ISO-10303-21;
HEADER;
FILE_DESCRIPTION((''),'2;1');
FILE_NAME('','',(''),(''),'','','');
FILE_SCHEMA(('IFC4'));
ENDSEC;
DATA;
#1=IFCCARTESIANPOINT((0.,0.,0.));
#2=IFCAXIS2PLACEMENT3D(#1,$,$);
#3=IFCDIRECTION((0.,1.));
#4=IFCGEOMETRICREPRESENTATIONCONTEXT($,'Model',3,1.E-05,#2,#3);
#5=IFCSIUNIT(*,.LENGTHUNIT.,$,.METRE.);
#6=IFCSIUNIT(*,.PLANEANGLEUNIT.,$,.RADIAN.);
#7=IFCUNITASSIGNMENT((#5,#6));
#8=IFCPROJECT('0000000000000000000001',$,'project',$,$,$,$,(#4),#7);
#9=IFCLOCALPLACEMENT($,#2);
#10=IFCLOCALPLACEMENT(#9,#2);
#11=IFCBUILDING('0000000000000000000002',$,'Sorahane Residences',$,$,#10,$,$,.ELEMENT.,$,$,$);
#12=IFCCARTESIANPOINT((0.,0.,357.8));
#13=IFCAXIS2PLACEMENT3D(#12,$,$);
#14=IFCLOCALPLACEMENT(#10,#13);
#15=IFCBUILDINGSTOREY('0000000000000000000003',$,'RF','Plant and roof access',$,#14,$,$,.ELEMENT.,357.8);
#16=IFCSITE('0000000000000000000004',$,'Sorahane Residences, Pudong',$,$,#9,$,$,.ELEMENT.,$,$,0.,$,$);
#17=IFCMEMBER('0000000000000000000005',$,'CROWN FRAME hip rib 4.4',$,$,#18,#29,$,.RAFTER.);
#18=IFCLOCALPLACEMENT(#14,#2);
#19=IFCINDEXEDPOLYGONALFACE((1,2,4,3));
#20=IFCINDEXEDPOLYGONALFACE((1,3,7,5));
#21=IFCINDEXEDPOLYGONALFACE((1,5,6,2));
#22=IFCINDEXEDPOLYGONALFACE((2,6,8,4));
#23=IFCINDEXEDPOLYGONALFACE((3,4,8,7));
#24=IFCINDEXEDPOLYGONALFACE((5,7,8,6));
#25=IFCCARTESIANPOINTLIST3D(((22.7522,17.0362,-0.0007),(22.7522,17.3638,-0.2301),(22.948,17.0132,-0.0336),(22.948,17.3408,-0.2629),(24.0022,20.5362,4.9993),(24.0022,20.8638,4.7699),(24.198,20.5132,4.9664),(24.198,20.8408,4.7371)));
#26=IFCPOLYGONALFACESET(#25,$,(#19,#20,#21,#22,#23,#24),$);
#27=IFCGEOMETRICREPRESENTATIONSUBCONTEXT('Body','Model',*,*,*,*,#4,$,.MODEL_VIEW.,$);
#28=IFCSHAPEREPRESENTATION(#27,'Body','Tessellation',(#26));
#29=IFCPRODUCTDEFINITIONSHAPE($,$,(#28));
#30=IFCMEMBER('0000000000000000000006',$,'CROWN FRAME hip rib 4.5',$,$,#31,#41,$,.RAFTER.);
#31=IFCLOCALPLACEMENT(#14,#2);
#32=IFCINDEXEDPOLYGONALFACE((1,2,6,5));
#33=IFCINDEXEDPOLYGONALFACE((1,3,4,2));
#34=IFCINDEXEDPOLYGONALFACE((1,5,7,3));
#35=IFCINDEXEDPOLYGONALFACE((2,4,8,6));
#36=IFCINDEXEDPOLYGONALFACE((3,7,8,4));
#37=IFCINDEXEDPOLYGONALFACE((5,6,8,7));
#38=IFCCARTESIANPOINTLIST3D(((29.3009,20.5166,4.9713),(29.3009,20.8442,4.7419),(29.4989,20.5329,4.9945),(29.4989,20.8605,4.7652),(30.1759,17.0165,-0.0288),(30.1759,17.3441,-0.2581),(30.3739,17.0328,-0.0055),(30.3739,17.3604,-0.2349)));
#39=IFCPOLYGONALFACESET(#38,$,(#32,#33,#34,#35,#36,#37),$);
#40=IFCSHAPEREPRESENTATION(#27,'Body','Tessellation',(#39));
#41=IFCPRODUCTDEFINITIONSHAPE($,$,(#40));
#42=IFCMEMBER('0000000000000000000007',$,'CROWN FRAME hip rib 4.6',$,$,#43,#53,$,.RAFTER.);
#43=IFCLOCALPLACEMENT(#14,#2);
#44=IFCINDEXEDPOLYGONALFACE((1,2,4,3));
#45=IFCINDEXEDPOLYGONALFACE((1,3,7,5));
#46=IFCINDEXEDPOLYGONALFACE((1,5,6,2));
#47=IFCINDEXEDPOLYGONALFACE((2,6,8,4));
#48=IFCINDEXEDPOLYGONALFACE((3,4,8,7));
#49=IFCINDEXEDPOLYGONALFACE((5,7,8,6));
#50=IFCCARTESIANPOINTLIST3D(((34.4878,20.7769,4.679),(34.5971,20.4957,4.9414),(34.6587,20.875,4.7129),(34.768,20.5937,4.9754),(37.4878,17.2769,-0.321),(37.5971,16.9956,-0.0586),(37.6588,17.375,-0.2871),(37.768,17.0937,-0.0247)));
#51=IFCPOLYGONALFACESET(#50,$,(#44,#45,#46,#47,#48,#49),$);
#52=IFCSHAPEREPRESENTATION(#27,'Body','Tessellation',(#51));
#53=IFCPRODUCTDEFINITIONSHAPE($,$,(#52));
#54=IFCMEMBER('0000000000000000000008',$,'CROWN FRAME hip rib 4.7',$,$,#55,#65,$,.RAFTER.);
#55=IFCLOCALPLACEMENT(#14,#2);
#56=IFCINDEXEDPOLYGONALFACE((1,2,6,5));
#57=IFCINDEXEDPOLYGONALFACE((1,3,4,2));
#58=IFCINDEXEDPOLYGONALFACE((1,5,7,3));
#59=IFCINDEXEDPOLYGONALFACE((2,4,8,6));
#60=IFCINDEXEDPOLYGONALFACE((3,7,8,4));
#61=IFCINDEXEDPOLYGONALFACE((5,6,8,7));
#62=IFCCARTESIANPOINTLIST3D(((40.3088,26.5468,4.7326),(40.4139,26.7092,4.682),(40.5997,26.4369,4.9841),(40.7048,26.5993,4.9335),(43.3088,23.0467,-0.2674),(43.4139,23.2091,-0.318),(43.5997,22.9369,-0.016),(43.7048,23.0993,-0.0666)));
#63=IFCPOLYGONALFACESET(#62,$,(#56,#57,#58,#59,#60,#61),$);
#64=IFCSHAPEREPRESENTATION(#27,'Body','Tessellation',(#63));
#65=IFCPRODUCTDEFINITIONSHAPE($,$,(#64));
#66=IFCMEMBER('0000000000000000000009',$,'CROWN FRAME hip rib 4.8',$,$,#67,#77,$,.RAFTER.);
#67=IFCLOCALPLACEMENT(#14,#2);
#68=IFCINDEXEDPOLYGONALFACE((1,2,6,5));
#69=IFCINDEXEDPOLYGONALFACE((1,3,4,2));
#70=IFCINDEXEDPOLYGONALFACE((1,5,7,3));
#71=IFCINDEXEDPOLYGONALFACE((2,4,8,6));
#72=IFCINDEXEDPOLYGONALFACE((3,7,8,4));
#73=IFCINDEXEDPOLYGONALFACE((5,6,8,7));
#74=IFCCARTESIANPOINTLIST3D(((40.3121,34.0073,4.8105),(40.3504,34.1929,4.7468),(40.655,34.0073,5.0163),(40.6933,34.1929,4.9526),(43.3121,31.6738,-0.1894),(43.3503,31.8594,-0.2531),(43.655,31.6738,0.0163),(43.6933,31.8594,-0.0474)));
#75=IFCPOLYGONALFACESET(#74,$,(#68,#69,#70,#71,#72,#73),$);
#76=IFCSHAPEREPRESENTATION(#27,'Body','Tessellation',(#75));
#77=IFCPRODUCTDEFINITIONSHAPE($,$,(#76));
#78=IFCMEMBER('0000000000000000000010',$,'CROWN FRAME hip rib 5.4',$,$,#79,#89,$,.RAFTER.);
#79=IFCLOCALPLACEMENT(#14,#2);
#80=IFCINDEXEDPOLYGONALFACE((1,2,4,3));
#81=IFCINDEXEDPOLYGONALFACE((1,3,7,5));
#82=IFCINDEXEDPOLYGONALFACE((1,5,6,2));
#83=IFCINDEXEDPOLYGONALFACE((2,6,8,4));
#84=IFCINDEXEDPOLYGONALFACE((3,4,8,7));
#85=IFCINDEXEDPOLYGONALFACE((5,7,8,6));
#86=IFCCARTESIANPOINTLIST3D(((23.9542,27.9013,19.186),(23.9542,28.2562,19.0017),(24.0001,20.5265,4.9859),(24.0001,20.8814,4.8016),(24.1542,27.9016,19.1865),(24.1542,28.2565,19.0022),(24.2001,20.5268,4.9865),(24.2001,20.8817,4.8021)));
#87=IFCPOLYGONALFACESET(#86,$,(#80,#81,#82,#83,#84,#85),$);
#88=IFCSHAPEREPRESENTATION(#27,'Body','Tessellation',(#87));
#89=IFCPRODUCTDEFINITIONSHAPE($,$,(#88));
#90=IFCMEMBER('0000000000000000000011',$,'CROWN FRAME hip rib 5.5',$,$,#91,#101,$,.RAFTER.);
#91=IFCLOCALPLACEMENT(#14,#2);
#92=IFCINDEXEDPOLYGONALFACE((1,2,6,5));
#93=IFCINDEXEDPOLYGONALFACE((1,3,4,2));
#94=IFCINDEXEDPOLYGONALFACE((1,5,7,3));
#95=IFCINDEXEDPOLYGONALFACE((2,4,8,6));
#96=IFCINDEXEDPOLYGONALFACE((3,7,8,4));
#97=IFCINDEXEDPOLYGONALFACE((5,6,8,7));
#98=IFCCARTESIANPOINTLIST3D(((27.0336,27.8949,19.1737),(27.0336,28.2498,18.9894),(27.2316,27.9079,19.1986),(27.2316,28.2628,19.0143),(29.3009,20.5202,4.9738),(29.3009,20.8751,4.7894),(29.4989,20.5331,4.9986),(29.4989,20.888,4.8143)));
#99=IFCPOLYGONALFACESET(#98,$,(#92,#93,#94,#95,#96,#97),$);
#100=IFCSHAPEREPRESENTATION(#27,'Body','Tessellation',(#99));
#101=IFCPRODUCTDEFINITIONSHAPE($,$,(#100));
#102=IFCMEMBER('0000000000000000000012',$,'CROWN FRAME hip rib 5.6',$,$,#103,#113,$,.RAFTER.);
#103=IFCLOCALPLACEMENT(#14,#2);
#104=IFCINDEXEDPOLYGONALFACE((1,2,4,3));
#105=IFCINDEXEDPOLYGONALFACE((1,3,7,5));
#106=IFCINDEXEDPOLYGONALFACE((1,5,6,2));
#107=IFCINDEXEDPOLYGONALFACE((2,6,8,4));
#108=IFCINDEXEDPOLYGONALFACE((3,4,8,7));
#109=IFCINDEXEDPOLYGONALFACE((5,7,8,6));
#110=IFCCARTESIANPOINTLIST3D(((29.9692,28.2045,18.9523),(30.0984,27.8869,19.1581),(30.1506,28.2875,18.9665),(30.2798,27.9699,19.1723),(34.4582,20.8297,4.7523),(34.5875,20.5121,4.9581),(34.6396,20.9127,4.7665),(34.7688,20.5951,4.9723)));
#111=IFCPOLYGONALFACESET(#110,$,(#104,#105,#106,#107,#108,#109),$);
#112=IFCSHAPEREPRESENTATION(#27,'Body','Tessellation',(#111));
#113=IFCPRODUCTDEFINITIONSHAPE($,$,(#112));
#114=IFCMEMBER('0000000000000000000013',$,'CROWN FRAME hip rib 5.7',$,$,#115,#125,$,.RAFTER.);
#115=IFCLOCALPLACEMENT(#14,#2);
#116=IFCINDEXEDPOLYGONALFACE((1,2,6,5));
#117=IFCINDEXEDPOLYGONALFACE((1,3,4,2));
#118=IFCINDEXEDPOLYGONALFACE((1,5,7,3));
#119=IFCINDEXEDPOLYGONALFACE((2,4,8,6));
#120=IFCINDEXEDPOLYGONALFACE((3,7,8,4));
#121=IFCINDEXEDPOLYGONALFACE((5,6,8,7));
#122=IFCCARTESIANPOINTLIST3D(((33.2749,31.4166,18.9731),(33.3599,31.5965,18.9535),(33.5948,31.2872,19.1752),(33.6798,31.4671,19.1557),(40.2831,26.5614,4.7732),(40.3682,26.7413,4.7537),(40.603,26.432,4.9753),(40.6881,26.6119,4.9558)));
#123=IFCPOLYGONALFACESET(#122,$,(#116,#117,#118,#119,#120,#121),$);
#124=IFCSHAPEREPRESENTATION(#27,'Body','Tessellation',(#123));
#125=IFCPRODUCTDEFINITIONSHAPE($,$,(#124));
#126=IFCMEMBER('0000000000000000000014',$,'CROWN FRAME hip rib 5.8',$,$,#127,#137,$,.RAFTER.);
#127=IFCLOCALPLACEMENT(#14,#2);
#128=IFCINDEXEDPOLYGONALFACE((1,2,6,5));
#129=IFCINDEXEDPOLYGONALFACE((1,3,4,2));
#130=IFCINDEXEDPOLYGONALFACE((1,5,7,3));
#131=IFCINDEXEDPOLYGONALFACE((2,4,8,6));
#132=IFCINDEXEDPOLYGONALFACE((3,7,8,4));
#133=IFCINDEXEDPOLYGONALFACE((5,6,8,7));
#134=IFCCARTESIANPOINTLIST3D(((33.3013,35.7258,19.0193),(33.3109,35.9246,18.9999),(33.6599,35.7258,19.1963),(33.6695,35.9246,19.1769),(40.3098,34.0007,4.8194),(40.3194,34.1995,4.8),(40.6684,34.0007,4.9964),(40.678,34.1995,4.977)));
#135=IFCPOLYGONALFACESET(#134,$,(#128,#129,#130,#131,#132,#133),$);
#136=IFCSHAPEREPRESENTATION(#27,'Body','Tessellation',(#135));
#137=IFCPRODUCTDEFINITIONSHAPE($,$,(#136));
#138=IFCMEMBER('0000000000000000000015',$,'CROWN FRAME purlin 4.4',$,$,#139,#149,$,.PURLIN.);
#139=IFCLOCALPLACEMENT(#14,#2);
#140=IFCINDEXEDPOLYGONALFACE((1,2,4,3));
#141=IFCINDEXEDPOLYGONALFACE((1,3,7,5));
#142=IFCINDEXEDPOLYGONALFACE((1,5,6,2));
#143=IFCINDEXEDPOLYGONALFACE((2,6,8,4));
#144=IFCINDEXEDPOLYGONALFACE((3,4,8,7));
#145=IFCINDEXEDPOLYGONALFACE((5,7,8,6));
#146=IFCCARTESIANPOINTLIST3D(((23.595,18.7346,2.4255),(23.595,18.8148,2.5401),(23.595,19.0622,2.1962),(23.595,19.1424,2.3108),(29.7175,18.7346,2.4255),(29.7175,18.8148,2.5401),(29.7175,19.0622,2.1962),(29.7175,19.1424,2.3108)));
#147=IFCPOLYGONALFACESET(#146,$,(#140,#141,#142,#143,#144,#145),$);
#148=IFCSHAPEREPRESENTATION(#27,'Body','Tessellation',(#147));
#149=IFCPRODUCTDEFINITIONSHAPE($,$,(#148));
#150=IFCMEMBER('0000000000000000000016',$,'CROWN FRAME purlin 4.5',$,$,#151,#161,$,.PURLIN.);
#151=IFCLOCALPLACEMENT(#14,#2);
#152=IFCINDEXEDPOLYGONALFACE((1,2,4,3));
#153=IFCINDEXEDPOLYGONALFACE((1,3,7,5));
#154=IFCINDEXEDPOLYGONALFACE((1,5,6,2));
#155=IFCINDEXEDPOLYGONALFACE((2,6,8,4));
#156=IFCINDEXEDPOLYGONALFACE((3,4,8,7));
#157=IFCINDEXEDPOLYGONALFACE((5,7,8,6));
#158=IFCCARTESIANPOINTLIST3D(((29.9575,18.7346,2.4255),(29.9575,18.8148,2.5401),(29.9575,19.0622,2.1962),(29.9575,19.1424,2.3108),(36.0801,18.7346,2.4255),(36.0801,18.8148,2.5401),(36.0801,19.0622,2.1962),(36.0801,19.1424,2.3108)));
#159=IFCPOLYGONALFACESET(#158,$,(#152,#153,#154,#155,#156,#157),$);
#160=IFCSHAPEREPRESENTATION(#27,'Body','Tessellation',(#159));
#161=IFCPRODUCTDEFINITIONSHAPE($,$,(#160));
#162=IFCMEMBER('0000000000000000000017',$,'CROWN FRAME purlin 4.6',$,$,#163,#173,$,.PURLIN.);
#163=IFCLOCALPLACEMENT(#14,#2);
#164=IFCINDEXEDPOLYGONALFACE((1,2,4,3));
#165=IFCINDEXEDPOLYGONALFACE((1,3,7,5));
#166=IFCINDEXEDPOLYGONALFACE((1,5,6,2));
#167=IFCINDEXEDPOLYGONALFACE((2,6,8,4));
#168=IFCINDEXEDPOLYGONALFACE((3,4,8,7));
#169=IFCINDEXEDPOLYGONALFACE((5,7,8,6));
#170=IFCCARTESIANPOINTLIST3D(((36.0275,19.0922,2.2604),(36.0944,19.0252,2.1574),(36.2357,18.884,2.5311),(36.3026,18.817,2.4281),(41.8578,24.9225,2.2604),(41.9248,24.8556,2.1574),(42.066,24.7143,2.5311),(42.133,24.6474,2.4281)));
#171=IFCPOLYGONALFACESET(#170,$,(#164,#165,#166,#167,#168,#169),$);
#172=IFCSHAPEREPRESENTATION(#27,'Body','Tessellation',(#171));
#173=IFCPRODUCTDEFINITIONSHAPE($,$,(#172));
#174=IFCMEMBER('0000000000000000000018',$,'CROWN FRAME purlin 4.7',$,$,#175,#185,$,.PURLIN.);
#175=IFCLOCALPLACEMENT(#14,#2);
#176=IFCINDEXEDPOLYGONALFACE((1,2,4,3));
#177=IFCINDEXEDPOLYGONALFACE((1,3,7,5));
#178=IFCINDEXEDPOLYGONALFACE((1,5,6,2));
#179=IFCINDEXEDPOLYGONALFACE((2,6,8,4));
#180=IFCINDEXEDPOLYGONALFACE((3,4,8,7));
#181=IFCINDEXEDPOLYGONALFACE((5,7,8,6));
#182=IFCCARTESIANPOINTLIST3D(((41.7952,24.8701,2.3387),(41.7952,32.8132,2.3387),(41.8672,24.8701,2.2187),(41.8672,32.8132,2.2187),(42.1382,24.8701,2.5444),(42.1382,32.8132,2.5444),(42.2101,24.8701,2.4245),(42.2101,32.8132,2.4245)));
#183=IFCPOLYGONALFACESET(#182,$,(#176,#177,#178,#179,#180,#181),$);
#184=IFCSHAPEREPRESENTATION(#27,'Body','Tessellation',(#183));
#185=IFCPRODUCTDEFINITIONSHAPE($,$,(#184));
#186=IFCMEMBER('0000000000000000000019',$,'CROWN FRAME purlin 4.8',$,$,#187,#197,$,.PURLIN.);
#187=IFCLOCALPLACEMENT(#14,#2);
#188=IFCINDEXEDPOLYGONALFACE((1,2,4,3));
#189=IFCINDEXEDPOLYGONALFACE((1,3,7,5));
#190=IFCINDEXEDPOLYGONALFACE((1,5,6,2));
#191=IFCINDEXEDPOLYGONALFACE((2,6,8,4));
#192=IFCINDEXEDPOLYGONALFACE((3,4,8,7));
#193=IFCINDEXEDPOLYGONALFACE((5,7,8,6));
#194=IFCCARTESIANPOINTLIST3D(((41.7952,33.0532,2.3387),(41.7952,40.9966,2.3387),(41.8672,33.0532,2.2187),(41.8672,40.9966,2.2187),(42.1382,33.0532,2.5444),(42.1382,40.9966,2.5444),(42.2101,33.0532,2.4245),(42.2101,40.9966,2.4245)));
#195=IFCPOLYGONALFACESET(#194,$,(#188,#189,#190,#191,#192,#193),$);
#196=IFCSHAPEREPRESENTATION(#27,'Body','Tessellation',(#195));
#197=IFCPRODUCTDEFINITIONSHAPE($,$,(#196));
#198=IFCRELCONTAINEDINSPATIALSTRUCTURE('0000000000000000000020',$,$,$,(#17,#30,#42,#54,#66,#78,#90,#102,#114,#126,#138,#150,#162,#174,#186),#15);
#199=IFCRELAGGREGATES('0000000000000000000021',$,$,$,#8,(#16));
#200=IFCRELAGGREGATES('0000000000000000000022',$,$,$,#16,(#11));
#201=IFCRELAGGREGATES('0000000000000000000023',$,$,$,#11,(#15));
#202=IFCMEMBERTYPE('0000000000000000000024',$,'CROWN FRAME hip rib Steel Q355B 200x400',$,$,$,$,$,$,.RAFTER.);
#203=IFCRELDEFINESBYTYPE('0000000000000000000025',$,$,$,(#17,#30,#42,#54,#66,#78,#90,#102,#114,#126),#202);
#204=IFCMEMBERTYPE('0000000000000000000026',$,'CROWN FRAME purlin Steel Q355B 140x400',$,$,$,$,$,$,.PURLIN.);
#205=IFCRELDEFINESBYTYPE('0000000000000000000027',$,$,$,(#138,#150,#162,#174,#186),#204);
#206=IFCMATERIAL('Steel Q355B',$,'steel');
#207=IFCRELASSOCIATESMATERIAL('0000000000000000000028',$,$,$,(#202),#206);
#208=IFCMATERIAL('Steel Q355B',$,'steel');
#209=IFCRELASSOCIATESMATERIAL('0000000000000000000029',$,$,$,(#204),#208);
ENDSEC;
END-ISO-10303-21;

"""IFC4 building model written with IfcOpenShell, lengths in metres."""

from ifc_helpers import new_model, si_unit, direction, frame, origin, origin_2d, place, context, subcontext, project, spatial, rectangle, extrude, material, material_profile, profile_set, type_object, element, save


model = new_model("IFC4")

# Units and contexts
model_context = context("Model", 3, precision=1e-05, world=origin(), true_north=direction((0.0, 1.0)))
body_context = subcontext(model_context, "Body", "Model", "MODEL_VIEW")
ifc_project = project(units=[si_unit("LENGTHUNIT", "METRE"), si_unit("PLANEANGLEUNIT", "RADIAN")], contexts=[model_context])

# Site, building, storey
site_placement = place(None, origin())
site = spatial("IfcSite", under=ifc_project, at=site_placement, Name="Sorahane Residences, Pudong", CompositionType="ELEMENT", RefElevation=0.0)
building_placement = place(site_placement, origin())
building = spatial("IfcBuilding", under=site, at=building_placement, Name="Sorahane Residences", CompositionType="ELEMENT")
storey_placement = place(building_placement, frame((0.0, 0.0, 357.8)))
storey = spatial("IfcBuildingStorey", under=building, at=storey_placement, Name="RF", Description="Plant and roof access", CompositionType="ELEMENT", Elevation=357.8)

# Members
ifc_material_1 = material(Name="Steel Q355B", Category="steel")
ifc_material_profile_1 = material_profile(ifc_material_1, rectangle(XDim=0.2, YDim=0.3999, at=origin_2d()), Name="CROWN FRAME hip rib Steel Q355B 200x400")
ifc_profile_set_1 = profile_set([ifc_material_profile_1], Name="Steel Q355B")
member_type_1 = type_object("IfcMemberType", Name="CROWN FRAME hip rib Steel Q355B 200x400", PredefinedType="RAFTER", material=ifc_profile_set_1)
member_1_placement = place(storey_placement, frame((22.8501, 17.1885, -0.1318), z_axis=(0.200643, 0.561801, 0.802572), x_axis=(-0.979664, 0.115062, 0.164373)))
element("IfcMember", 1, at=member_1_placement, inside=storey, type_object=member_type_1, Name="CROWN FRAME hip rib 4.4", PredefinedType="RAFTER", context=body_context, shape_type="SweptSolid", body=[
    extrude(rectangle(XDim=0.2, YDim=0.3999, at=origin_2d()), origin(), (0.0, 0.0, 1.0), 6.23),
])
member_2_placement = place(storey_placement, frame((30.2749, 17.1885, -0.1318), z_axis=(-0.141915, 0.567658, 0.81094), x_axis=(-0.989879, -0.081383, -0.116261)))
element("IfcMember", 2, at=member_2_placement, inside=storey, type_object=member_type_1, Name="CROWN FRAME hip rib 4.5", PredefinedType="RAFTER", context=body_context, shape_type="SweptSolid", body=[
    extrude(rectangle(XDim=0.2, YDim=0.3999, at=origin_2d()), origin(), (0.0, 0.0, 1.0), 6.1658),
])
for number, where, z_axis, x_axis, name in (
    (3, (37.6279, 17.1853, -0.1729), (-0.441129, 0.51465, 0.735215), (-0.854828, -0.490409, -0.169611), "CROWN FRAME hip rib 4.6"),
    (4, (43.5068, 23.073, -0.167), (-0.441129, 0.51465, 0.735215), (-0.525632, -0.812175, 0.253143), "CROWN FRAME hip rib 4.7"),
):
    element("IfcMember", number, at=place(storey_placement, frame(where, z_axis=z_axis, x_axis=x_axis)), inside=storey, type_object=member_type_1, Name=name, PredefinedType="RAFTER", context=body_context, shape_type="SweptSolid", body=[
        extrude(rectangle(XDim=0.2, YDim=0.3999, at=origin_2d()), origin(), (0.0, 0.0, 1.0), 6.8008),
    ])
member_3_placement = place(storey_placement, frame((43.5027, 31.7666, -0.1184), z_axis=(-0.477666, 0.371544, 0.79611), x_axis=(-0.191181, -0.928415, 0.318582)))
element("IfcMember", 5, at=member_3_placement, inside=storey, type_object=member_type_1, Name="CROWN FRAME hip rib 4.8", PredefinedType="RAFTER", context=body_context, shape_type="SweptSolid", body=[
    extrude(rectangle(XDim=0.2, YDim=0.3999, at=origin_2d()), origin(), (0.0, 0.0, 1.0), 6.2805),
])
member_4_placement = place(storey_placement, frame((24.1001, 20.7041, 4.894), z_axis=(-0.002868, 0.460897, 0.887449), x_axis=(-0.999996, -0.001332, -0.00254)))
element("IfcMember", 6, at=member_4_placement, inside=storey, type_object=member_type_1, Name="CROWN FRAME hip rib 5.4", PredefinedType="RAFTER", context=body_context, shape_type="SweptSolid", body=[
    extrude(rectangle(XDim=0.2, YDim=0.3999, at=origin_2d()), origin(), (0.0, 0.0, 1.0), 16.001),
])
member_5_placement = place(storey_placement, frame((29.3999, 20.7041, 4.894), z_axis=(-0.1403, 0.45634, 0.878675), x_axis=(-0.990109, -0.064659, -0.124512)))
element("IfcMember", 7, at=member_5_placement, inside=storey, type_object=member_type_1, Name="CROWN FRAME hip rib 5.5", PredefinedType="RAFTER", context=body_context, shape_type="SweptSolid", body=[
    extrude(rectangle(XDim=0.2, YDim=0.3999, at=origin_2d()), origin(), (0.0, 0.0, 1.0), 16.1606),
])
member_6_placement = place(storey_placement, frame((34.6135, 20.7124, 4.8623), z_axis=(-0.27012, 0.443766, 0.854463), x_axis=(-0.906978, -0.415128, -0.071125)))
element("IfcMember", 8, at=member_6_placement, inside=storey, type_object=member_type_1, Name="CROWN FRAME hip rib 5.6", PredefinedType="RAFTER", context=body_context, shape_type="SweptSolid", body=[
    extrude(rectangle(XDim=0.2, YDim=0.3999, at=origin_2d()), origin(), (0.0, 0.0, 1.0), 16.6187),
])
member_7_placement = place(storey_placement, frame((40.4856, 26.5867, 4.8645), z_axis=(-0.423134, 0.293139, 0.857337), x_axis=(-0.425483, -0.899685, 0.097625)))
element("IfcMember", 9, at=member_7_placement, inside=storey, type_object=member_type_1, Name="CROWN FRAME hip rib 5.7", PredefinedType="RAFTER", context=body_context, shape_type="SweptSolid", body=[
    extrude(rectangle(XDim=0.2, YDim=0.3999, at=origin_2d()), origin(), (0.0, 0.0, 1.0), 16.5627),
])
member_8_placement = place(storey_placement, frame((40.4939, 34.1001, 4.8982), z_axis=(-0.439985, 0.108299, 0.891451), x_axis=(-0.047902, -0.994118, 0.097129)))
element("IfcMember", 10, at=member_8_placement, inside=storey, type_object=member_type_1, Name="CROWN FRAME hip rib 5.8", PredefinedType="RAFTER", context=body_context, shape_type="SweptSolid", body=[
    extrude(rectangle(XDim=0.2, YDim=0.3999, at=origin_2d()), origin(), (0.0, 0.0, 1.0), 15.929),
])
ifc_material_2 = material(Name="Steel Q355B", Category="steel")
ifc_material_profile_2 = material_profile(ifc_material_2, rectangle(XDim=0.1399, YDim=0.3999, at=origin_2d()), Name="CROWN FRAME purlin Steel Q355B 140x400")
ifc_profile_set_2 = profile_set([ifc_material_profile_2], Name="Steel Q355B")
member_type_2 = type_object("IfcMemberType", Name="CROWN FRAME purlin Steel Q355B 140x400", PredefinedType="PURLIN", material=ifc_profile_set_2)
for number, where, z_axis, x_axis, name in (
    (11, (23.595, 18.9385, 2.3682), (1.0, 0.0, 0.0), (0.0, 0.573462, 0.819232), "CROWN FRAME purlin 4.4"),
    (12, (29.9575, 18.9385, 2.3682), (1.0, 0.0, 0.0), (0.0, 0.573462, 0.819232), "CROWN FRAME purlin 4.5"),
):
    element("IfcMember", number, at=place(storey_placement, frame(where, z_axis=z_axis, x_axis=x_axis)), inside=storey, type_object=member_type_2, Name=name, PredefinedType="PURLIN", context=body_context, shape_type="SweptSolid", body=[
        extrude(rectangle(XDim=0.1399, YDim=0.3999, at=origin_2d()), origin(), (0.0, 0.0, 1.0), 6.1226),
    ])
member_9_placement = place(storey_placement, frame((36.165, 18.9546, 2.3442), z_axis=(0.707107, 0.707107, 0.0), x_axis=(-0.478536, 0.478536, 0.73621)))
element("IfcMember", 13, at=member_9_placement, inside=storey, type_object=member_type_2, Name="CROWN FRAME purlin 4.6", PredefinedType="PURLIN", context=body_context, shape_type="SweptSolid", body=[
    extrude(rectangle(XDim=0.1399, YDim=0.3999, at=origin_2d()), origin(), (0.0, 0.0, 1.0), 8.2454),
])
member_10_placement = place(storey_placement, frame((42.0027, 24.8701, 2.3816), z_axis=(0.0, 1.0, 0.0), x_axis=(-0.514496, 0.0, 0.857493)))
element("IfcMember", 14, at=member_10_placement, inside=storey, type_object=member_type_2, Name="CROWN FRAME purlin 4.7", PredefinedType="PURLIN", context=body_context, shape_type="SweptSolid", body=[
    extrude(rectangle(XDim=0.1399, YDim=0.3999, at=origin_2d()), origin(), (0.0, 0.0, 1.0), 7.9431),
])
member_11_placement = place(storey_placement, frame((42.0027, 33.0532, 2.3816), z_axis=(0.0, 1.0, 0.0), x_axis=(-0.514496, 0.0, 0.857493)))
element("IfcMember", 15, at=member_11_placement, inside=storey, type_object=member_type_2, Name="CROWN FRAME purlin 4.8", PredefinedType="PURLIN", context=body_context, shape_type="SweptSolid", body=[
    extrude(rectangle(XDim=0.1399, YDim=0.3999, at=origin_2d()), origin(), (0.0, 0.0, 1.0), 7.9434),
])

save(model, "model.ifc")
